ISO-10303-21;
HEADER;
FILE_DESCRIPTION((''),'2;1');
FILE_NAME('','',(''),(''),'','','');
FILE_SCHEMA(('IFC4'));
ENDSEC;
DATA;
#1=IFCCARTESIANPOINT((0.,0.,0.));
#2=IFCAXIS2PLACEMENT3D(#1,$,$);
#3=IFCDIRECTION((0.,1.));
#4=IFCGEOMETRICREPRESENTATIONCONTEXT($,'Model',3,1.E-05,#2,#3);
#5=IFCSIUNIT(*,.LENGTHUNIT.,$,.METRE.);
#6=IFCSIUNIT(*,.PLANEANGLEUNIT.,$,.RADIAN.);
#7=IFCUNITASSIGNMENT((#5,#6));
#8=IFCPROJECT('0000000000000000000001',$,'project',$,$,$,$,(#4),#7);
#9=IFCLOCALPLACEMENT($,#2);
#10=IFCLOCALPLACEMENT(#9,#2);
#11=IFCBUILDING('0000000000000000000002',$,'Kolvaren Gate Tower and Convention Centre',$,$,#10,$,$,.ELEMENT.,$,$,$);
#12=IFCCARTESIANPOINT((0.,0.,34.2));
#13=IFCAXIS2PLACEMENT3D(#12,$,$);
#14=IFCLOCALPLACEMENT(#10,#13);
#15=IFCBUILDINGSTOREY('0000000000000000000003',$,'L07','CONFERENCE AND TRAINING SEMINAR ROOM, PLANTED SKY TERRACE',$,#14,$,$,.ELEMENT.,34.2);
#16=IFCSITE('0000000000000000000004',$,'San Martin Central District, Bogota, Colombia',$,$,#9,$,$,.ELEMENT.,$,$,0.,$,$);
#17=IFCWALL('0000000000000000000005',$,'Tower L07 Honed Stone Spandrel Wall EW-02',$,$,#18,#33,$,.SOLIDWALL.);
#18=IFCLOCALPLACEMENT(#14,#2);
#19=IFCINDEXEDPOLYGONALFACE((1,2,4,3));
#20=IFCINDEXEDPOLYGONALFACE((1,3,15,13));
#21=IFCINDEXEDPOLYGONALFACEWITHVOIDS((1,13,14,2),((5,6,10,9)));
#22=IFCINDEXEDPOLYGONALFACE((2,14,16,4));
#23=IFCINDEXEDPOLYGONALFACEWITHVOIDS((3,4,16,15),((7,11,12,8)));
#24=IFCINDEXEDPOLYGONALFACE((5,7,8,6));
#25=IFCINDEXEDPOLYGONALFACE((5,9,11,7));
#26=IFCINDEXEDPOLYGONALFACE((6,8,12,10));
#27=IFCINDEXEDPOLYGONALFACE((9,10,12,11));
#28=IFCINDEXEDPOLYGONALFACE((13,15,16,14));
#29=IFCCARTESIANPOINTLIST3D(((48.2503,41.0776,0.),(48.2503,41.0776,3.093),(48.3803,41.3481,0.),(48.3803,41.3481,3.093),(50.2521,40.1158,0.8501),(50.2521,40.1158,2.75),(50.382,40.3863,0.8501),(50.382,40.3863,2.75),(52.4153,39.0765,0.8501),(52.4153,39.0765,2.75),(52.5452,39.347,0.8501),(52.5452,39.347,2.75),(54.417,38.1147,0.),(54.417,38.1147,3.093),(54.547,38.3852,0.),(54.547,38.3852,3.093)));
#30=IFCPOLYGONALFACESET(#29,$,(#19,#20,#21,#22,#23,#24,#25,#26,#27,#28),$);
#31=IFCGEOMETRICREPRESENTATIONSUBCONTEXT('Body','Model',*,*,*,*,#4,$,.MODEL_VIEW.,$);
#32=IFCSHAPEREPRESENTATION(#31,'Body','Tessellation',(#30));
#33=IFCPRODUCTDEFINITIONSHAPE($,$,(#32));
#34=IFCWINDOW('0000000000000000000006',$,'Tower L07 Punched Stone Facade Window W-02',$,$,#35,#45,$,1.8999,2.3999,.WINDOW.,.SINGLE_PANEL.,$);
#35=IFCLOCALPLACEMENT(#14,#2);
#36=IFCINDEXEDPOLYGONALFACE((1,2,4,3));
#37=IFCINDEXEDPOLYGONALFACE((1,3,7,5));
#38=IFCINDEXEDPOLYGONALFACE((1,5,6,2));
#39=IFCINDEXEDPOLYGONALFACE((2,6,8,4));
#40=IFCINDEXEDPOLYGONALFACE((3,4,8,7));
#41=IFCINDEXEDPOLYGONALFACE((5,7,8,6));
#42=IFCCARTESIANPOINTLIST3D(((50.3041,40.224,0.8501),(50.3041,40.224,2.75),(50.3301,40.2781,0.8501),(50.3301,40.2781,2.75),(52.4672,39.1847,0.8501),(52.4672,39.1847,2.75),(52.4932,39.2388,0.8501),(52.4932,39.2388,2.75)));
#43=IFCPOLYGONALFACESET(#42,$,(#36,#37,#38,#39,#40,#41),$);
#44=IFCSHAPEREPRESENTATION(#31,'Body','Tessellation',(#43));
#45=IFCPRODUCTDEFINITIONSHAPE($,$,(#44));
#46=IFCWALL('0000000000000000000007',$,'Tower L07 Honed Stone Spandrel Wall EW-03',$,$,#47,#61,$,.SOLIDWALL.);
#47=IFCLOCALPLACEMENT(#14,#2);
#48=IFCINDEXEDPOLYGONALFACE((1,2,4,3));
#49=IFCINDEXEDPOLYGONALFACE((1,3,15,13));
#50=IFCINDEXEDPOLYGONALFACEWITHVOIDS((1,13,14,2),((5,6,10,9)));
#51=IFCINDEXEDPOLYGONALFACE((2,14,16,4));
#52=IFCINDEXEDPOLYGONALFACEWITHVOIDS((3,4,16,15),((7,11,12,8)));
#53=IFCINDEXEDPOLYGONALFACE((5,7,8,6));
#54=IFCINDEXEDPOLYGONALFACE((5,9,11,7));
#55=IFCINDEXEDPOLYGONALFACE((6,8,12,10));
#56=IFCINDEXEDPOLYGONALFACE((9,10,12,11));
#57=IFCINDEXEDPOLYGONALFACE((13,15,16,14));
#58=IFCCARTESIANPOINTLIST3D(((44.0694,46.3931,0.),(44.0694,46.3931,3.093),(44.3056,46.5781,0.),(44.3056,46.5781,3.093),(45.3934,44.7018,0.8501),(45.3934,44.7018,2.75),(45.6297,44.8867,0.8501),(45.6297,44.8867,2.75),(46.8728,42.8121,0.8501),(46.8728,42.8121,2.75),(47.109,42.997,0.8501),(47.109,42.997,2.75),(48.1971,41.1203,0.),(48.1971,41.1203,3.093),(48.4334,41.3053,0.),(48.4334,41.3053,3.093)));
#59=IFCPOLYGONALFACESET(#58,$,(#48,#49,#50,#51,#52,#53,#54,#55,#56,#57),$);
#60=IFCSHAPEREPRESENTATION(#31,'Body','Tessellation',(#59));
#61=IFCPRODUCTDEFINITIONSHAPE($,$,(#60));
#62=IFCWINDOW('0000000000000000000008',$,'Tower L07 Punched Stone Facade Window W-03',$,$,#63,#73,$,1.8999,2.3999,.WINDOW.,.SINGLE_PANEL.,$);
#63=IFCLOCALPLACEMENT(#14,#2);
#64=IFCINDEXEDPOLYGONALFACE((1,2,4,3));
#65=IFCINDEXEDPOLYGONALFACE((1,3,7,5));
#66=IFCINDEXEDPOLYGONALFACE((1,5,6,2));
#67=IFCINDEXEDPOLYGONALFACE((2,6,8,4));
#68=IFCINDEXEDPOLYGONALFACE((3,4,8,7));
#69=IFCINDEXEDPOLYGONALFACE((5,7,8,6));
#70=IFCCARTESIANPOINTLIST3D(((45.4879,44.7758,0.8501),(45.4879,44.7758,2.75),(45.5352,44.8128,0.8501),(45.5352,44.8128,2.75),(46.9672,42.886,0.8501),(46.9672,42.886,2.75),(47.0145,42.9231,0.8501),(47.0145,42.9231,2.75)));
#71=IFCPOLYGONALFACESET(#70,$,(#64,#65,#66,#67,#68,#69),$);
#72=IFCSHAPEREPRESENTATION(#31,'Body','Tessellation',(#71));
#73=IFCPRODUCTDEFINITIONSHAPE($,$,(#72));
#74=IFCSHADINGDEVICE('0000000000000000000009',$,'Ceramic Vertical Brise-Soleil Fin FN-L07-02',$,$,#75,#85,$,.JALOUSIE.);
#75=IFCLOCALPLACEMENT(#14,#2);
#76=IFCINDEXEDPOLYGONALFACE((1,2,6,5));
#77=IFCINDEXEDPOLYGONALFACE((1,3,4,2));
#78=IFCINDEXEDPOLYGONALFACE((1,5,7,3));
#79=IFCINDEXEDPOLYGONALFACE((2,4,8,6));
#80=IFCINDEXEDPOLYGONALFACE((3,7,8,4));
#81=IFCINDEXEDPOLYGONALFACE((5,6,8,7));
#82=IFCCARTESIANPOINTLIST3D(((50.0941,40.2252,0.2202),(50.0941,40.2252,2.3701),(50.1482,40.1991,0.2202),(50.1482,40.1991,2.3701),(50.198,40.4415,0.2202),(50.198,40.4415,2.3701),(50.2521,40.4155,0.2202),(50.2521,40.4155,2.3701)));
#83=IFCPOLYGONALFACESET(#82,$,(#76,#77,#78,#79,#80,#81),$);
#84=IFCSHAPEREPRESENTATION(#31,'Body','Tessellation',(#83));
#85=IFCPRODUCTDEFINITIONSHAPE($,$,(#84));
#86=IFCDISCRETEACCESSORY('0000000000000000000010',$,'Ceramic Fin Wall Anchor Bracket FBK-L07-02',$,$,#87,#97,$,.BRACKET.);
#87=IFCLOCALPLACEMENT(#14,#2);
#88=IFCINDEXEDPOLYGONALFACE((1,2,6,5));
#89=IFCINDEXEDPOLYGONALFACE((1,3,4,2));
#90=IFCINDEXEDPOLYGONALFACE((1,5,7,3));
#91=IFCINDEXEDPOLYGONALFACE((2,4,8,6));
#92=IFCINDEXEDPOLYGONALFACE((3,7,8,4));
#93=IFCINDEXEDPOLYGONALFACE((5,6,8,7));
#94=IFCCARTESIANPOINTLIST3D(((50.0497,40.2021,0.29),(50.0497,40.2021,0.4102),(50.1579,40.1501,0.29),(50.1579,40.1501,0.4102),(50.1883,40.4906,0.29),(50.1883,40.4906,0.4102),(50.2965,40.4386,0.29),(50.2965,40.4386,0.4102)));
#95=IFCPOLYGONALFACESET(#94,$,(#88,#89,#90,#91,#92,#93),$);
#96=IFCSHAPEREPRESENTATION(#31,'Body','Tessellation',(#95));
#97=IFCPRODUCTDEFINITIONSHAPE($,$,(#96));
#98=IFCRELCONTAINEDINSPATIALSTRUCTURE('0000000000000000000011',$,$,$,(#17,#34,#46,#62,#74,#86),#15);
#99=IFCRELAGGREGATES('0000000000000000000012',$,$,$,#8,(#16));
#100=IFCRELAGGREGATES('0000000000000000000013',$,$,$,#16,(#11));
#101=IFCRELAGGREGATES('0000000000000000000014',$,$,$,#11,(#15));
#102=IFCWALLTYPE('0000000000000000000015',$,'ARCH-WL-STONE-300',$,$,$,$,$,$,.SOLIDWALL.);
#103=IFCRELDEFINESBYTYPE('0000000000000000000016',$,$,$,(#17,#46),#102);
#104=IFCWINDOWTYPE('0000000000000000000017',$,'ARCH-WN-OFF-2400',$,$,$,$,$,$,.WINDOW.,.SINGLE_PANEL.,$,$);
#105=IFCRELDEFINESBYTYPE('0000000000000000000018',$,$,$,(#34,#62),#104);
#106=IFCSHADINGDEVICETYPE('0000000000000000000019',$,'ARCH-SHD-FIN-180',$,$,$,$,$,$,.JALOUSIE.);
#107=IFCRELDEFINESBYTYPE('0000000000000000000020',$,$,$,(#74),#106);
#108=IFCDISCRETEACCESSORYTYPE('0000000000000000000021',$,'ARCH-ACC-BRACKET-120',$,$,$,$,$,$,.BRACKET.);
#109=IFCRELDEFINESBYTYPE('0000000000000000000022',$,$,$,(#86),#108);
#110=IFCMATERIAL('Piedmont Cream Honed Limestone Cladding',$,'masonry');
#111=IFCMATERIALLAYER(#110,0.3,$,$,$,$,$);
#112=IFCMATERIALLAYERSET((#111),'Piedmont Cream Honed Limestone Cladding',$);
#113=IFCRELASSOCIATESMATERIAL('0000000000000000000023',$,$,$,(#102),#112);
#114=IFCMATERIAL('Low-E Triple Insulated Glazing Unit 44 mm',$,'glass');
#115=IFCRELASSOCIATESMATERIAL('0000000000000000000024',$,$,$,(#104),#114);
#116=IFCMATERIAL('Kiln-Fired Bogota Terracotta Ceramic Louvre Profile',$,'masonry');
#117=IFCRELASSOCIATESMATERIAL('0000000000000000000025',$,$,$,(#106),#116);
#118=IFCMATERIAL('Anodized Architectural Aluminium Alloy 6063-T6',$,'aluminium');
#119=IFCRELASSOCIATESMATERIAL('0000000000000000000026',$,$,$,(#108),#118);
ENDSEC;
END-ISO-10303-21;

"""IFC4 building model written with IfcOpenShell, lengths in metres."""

from ifc_helpers import new_model, si_unit, direction, frame, frame_2d, origin, origin_2d, place, context, subcontext, project, spatial, rectangle, extrude, material, layer, layer_set, type_object, element, fill, save


model = new_model("IFC4")

# Units and contexts
model_context = context("Model", 3, precision=1e-05, world=origin(), true_north=direction((0.0, 1.0)))
body_context = subcontext(model_context, "Body", "Model", "MODEL_VIEW")
ifc_project = project(units=[si_unit("LENGTHUNIT", "METRE"), si_unit("PLANEANGLEUNIT", "RADIAN")], contexts=[model_context])

# Site, building, storey
site_placement = place(None, origin())
site = spatial("IfcSite", under=ifc_project, at=site_placement, Name="San Martin Central District, Bogota, Colombia", CompositionType="ELEMENT", RefElevation=0.0)
building_placement = place(site_placement, origin())
building = spatial("IfcBuilding", under=site, at=building_placement, Name="Kolvaren Gate Tower and Convention Centre", CompositionType="ELEMENT")
storey_placement = place(building_placement, frame((0.0, 0.0, 34.2)))
storey = spatial("IfcBuildingStorey", under=building, at=storey_placement, Name="L07", Description="CONFERENCE AND TRAINING SEMINAR ROOM, PLANTED SKY TERRACE", CompositionType="ELEMENT", Elevation=34.2)

# Shared definitions
ifc_material_1 = material(Name="Piedmont Cream Honed Limestone Cladding", Category="masonry")

# Shared definitions
ifc_layer_1 = layer(ifc_material_1, 0.3)
ifc_layer_set_1 = layer_set([ifc_layer_1], Name="Piedmont Cream Honed Limestone Cladding")
wall_type_1 = type_object("IfcWallType", Name="ARCH-WL-STONE-300", PredefinedType="SOLIDWALL", material=ifc_layer_set_1)
ifc_material_2 = material(Name="Low-E Triple Insulated Glazing Unit 44 mm", Category="glass")
window_type = type_object("IfcWindowType", Name="ARCH-WN-OFF-2400", PartitioningType="SINGLE_PANEL", PredefinedType="WINDOW", material=ifc_material_2)

# Shared definitions
ifc_material_3 = material(Name="Anodized Architectural Aluminium Alloy 6063-T6", Category="aluminium")

# Walls, openings, windows
wall_1_placement = place(storey_placement, frame((48.3152, 41.2129, 0.0), z_axis=(0.0, 0.0, 1.0), x_axis=(0.90136, -0.43307, 0.0)))
wall_1 = element("IfcWall", 1, at=wall_1_placement, inside=storey, type_object=wall_type_1, Name="Tower L07 Honed Stone Spandrel Wall EW-02", PredefinedType="SOLIDWALL", context=body_context, shape_type="SweptSolid", body=[
    extrude(rectangle(XDim=6.8416, YDim=0.3, at=frame_2d((3.4209, 0.0))), origin(), (0.0, 0.0, 1.0), 3.093),
])
opening_1_placement = place(wall_1_placement, frame((2.2209, 0.0, 0.8501)))
opening_1 = element("IfcOpeningElement", 2, at=opening_1_placement, cuts=wall_1, PredefinedType="OPENING", context=body_context, shape_type="SweptSolid", body=[
    extrude(rectangle(XDim=2.3999, YDim=1.8999, at=frame_2d((1.2, 0.95))), frame((0.0, 0.1599, 0.0), z_axis=(0.0, -1.0, 0.0), x_axis=(1.0, 0.0, 0.0)), (0.0, 0.0, 1.0), 0.3201),
])
window_1_placement = place(opening_1_placement, origin())
window_1 = element("IfcWindow", 3, at=window_1_placement, inside=storey, type_object=window_type, Name="Tower L07 Punched Stone Facade Window W-02", OverallHeight=1.8999, OverallWidth=2.3999, PartitioningType="SINGLE_PANEL", PredefinedType="WINDOW", context=body_context, shape_type="SweptSolid", body=[
    extrude(rectangle(XDim=2.3999, YDim=1.8999, at=frame_2d((1.2, 0.95))), frame((0.0, 0.03, 0.0), z_axis=(0.0, -1.0, 0.0), x_axis=(1.0, 0.0, 0.0)), (0.0, 0.0, 1.0), 0.0601),
])
fill(opening_1, window_1)
wall_2_placement = place(storey_placement, frame((44.1875, 46.4856, 0.0), z_axis=(0.0, 0.0, 1.0), x_axis=(0.616421, -0.787417, 0.0)))
wall_2 = element("IfcWall", 4, at=wall_2_placement, inside=storey, type_object=wall_type_1, Name="Tower L07 Honed Stone Spandrel Wall EW-03", PredefinedType="SOLIDWALL", context=body_context, shape_type="SweptSolid", body=[
    extrude(rectangle(XDim=6.6963, YDim=0.3, at=frame_2d((3.3481, 0.0))), origin(), (0.0, 0.0, 1.0), 3.093),
])
opening_2_placement = place(wall_2_placement, frame((2.1479, 0.0, 0.8501)))
opening_2 = element("IfcOpeningElement", 5, at=opening_2_placement, cuts=wall_2, PredefinedType="OPENING", context=body_context, shape_type="SweptSolid", body=[
    extrude(rectangle(XDim=2.3999, YDim=1.8999, at=frame_2d((1.2, 0.95))), frame((0.0, 0.1599, 0.0), z_axis=(0.0, -1.0, 0.0), x_axis=(1.0, 0.0, 0.0)), (0.0, 0.0, 1.0), 0.3201),
])
window_2_placement = place(opening_2_placement, origin())
window_2 = element("IfcWindow", 6, at=window_2_placement, inside=storey, type_object=window_type, Name="Tower L07 Punched Stone Facade Window W-03", OverallHeight=1.8999, OverallWidth=2.3999, PartitioningType="SINGLE_PANEL", PredefinedType="WINDOW", context=body_context, shape_type="SweptSolid", body=[
    extrude(rectangle(XDim=2.3999, YDim=1.8999, at=frame_2d((1.2, 0.95))), frame((0.0, 0.03, 0.0), z_axis=(0.0, -1.0, 0.0), x_axis=(1.0, 0.0, 0.0)), (0.0, 0.0, 1.0), 0.0601),
])
fill(opening_2, window_2)

# Shading device
ifc_material_4 = material(Name="Kiln-Fired Bogota Terracotta Ceramic Louvre Profile", Category="masonry")
shading_device_type = type_object("IfcShadingDeviceType", Name="ARCH-SHD-FIN-180", PredefinedType="JALOUSIE", material=ifc_material_4)
shading_device_placement = place(storey_placement, frame((50.1731, 40.3203, 0.2202), z_axis=(0.0, 0.0, 1.0), x_axis=(0.901364, -0.433061, 0.0)))
element("IfcShadingDevice", 7, at=shading_device_placement, inside=storey, type_object=shading_device_type, Name="Ceramic Vertical Brise-Soleil Fin FN-L07-02", PredefinedType="JALOUSIE", context=body_context, shape_type="SweptSolid", body=[
    extrude(rectangle(XDim=0.0601, YDim=0.24, at=origin_2d()), origin(), (0.0, 0.0, 1.0), 2.1499),
])

# Discrete accessory
discrete_accessory_type = type_object("IfcDiscreteAccessoryType", Name="ARCH-ACC-BRACKET-120", PredefinedType="BRACKET", material=ifc_material_3)
discrete_accessory_placement = place(storey_placement, frame((50.1731, 40.3203, 0.29), z_axis=(0.0, 0.0, 1.0), x_axis=(0.901364, -0.433061, 0.0)))
element("IfcDiscreteAccessory", 8, at=discrete_accessory_placement, inside=storey, type_object=discrete_accessory_type, Name="Ceramic Fin Wall Anchor Bracket FBK-L07-02", PredefinedType="BRACKET", context=body_context, shape_type="SweptSolid", body=[
    extrude(rectangle(XDim=0.1201, YDim=0.3201, at=origin_2d()), origin(), (0.0, 0.0, 1.0), 0.1201),
])

save(model, "model.ifc")
